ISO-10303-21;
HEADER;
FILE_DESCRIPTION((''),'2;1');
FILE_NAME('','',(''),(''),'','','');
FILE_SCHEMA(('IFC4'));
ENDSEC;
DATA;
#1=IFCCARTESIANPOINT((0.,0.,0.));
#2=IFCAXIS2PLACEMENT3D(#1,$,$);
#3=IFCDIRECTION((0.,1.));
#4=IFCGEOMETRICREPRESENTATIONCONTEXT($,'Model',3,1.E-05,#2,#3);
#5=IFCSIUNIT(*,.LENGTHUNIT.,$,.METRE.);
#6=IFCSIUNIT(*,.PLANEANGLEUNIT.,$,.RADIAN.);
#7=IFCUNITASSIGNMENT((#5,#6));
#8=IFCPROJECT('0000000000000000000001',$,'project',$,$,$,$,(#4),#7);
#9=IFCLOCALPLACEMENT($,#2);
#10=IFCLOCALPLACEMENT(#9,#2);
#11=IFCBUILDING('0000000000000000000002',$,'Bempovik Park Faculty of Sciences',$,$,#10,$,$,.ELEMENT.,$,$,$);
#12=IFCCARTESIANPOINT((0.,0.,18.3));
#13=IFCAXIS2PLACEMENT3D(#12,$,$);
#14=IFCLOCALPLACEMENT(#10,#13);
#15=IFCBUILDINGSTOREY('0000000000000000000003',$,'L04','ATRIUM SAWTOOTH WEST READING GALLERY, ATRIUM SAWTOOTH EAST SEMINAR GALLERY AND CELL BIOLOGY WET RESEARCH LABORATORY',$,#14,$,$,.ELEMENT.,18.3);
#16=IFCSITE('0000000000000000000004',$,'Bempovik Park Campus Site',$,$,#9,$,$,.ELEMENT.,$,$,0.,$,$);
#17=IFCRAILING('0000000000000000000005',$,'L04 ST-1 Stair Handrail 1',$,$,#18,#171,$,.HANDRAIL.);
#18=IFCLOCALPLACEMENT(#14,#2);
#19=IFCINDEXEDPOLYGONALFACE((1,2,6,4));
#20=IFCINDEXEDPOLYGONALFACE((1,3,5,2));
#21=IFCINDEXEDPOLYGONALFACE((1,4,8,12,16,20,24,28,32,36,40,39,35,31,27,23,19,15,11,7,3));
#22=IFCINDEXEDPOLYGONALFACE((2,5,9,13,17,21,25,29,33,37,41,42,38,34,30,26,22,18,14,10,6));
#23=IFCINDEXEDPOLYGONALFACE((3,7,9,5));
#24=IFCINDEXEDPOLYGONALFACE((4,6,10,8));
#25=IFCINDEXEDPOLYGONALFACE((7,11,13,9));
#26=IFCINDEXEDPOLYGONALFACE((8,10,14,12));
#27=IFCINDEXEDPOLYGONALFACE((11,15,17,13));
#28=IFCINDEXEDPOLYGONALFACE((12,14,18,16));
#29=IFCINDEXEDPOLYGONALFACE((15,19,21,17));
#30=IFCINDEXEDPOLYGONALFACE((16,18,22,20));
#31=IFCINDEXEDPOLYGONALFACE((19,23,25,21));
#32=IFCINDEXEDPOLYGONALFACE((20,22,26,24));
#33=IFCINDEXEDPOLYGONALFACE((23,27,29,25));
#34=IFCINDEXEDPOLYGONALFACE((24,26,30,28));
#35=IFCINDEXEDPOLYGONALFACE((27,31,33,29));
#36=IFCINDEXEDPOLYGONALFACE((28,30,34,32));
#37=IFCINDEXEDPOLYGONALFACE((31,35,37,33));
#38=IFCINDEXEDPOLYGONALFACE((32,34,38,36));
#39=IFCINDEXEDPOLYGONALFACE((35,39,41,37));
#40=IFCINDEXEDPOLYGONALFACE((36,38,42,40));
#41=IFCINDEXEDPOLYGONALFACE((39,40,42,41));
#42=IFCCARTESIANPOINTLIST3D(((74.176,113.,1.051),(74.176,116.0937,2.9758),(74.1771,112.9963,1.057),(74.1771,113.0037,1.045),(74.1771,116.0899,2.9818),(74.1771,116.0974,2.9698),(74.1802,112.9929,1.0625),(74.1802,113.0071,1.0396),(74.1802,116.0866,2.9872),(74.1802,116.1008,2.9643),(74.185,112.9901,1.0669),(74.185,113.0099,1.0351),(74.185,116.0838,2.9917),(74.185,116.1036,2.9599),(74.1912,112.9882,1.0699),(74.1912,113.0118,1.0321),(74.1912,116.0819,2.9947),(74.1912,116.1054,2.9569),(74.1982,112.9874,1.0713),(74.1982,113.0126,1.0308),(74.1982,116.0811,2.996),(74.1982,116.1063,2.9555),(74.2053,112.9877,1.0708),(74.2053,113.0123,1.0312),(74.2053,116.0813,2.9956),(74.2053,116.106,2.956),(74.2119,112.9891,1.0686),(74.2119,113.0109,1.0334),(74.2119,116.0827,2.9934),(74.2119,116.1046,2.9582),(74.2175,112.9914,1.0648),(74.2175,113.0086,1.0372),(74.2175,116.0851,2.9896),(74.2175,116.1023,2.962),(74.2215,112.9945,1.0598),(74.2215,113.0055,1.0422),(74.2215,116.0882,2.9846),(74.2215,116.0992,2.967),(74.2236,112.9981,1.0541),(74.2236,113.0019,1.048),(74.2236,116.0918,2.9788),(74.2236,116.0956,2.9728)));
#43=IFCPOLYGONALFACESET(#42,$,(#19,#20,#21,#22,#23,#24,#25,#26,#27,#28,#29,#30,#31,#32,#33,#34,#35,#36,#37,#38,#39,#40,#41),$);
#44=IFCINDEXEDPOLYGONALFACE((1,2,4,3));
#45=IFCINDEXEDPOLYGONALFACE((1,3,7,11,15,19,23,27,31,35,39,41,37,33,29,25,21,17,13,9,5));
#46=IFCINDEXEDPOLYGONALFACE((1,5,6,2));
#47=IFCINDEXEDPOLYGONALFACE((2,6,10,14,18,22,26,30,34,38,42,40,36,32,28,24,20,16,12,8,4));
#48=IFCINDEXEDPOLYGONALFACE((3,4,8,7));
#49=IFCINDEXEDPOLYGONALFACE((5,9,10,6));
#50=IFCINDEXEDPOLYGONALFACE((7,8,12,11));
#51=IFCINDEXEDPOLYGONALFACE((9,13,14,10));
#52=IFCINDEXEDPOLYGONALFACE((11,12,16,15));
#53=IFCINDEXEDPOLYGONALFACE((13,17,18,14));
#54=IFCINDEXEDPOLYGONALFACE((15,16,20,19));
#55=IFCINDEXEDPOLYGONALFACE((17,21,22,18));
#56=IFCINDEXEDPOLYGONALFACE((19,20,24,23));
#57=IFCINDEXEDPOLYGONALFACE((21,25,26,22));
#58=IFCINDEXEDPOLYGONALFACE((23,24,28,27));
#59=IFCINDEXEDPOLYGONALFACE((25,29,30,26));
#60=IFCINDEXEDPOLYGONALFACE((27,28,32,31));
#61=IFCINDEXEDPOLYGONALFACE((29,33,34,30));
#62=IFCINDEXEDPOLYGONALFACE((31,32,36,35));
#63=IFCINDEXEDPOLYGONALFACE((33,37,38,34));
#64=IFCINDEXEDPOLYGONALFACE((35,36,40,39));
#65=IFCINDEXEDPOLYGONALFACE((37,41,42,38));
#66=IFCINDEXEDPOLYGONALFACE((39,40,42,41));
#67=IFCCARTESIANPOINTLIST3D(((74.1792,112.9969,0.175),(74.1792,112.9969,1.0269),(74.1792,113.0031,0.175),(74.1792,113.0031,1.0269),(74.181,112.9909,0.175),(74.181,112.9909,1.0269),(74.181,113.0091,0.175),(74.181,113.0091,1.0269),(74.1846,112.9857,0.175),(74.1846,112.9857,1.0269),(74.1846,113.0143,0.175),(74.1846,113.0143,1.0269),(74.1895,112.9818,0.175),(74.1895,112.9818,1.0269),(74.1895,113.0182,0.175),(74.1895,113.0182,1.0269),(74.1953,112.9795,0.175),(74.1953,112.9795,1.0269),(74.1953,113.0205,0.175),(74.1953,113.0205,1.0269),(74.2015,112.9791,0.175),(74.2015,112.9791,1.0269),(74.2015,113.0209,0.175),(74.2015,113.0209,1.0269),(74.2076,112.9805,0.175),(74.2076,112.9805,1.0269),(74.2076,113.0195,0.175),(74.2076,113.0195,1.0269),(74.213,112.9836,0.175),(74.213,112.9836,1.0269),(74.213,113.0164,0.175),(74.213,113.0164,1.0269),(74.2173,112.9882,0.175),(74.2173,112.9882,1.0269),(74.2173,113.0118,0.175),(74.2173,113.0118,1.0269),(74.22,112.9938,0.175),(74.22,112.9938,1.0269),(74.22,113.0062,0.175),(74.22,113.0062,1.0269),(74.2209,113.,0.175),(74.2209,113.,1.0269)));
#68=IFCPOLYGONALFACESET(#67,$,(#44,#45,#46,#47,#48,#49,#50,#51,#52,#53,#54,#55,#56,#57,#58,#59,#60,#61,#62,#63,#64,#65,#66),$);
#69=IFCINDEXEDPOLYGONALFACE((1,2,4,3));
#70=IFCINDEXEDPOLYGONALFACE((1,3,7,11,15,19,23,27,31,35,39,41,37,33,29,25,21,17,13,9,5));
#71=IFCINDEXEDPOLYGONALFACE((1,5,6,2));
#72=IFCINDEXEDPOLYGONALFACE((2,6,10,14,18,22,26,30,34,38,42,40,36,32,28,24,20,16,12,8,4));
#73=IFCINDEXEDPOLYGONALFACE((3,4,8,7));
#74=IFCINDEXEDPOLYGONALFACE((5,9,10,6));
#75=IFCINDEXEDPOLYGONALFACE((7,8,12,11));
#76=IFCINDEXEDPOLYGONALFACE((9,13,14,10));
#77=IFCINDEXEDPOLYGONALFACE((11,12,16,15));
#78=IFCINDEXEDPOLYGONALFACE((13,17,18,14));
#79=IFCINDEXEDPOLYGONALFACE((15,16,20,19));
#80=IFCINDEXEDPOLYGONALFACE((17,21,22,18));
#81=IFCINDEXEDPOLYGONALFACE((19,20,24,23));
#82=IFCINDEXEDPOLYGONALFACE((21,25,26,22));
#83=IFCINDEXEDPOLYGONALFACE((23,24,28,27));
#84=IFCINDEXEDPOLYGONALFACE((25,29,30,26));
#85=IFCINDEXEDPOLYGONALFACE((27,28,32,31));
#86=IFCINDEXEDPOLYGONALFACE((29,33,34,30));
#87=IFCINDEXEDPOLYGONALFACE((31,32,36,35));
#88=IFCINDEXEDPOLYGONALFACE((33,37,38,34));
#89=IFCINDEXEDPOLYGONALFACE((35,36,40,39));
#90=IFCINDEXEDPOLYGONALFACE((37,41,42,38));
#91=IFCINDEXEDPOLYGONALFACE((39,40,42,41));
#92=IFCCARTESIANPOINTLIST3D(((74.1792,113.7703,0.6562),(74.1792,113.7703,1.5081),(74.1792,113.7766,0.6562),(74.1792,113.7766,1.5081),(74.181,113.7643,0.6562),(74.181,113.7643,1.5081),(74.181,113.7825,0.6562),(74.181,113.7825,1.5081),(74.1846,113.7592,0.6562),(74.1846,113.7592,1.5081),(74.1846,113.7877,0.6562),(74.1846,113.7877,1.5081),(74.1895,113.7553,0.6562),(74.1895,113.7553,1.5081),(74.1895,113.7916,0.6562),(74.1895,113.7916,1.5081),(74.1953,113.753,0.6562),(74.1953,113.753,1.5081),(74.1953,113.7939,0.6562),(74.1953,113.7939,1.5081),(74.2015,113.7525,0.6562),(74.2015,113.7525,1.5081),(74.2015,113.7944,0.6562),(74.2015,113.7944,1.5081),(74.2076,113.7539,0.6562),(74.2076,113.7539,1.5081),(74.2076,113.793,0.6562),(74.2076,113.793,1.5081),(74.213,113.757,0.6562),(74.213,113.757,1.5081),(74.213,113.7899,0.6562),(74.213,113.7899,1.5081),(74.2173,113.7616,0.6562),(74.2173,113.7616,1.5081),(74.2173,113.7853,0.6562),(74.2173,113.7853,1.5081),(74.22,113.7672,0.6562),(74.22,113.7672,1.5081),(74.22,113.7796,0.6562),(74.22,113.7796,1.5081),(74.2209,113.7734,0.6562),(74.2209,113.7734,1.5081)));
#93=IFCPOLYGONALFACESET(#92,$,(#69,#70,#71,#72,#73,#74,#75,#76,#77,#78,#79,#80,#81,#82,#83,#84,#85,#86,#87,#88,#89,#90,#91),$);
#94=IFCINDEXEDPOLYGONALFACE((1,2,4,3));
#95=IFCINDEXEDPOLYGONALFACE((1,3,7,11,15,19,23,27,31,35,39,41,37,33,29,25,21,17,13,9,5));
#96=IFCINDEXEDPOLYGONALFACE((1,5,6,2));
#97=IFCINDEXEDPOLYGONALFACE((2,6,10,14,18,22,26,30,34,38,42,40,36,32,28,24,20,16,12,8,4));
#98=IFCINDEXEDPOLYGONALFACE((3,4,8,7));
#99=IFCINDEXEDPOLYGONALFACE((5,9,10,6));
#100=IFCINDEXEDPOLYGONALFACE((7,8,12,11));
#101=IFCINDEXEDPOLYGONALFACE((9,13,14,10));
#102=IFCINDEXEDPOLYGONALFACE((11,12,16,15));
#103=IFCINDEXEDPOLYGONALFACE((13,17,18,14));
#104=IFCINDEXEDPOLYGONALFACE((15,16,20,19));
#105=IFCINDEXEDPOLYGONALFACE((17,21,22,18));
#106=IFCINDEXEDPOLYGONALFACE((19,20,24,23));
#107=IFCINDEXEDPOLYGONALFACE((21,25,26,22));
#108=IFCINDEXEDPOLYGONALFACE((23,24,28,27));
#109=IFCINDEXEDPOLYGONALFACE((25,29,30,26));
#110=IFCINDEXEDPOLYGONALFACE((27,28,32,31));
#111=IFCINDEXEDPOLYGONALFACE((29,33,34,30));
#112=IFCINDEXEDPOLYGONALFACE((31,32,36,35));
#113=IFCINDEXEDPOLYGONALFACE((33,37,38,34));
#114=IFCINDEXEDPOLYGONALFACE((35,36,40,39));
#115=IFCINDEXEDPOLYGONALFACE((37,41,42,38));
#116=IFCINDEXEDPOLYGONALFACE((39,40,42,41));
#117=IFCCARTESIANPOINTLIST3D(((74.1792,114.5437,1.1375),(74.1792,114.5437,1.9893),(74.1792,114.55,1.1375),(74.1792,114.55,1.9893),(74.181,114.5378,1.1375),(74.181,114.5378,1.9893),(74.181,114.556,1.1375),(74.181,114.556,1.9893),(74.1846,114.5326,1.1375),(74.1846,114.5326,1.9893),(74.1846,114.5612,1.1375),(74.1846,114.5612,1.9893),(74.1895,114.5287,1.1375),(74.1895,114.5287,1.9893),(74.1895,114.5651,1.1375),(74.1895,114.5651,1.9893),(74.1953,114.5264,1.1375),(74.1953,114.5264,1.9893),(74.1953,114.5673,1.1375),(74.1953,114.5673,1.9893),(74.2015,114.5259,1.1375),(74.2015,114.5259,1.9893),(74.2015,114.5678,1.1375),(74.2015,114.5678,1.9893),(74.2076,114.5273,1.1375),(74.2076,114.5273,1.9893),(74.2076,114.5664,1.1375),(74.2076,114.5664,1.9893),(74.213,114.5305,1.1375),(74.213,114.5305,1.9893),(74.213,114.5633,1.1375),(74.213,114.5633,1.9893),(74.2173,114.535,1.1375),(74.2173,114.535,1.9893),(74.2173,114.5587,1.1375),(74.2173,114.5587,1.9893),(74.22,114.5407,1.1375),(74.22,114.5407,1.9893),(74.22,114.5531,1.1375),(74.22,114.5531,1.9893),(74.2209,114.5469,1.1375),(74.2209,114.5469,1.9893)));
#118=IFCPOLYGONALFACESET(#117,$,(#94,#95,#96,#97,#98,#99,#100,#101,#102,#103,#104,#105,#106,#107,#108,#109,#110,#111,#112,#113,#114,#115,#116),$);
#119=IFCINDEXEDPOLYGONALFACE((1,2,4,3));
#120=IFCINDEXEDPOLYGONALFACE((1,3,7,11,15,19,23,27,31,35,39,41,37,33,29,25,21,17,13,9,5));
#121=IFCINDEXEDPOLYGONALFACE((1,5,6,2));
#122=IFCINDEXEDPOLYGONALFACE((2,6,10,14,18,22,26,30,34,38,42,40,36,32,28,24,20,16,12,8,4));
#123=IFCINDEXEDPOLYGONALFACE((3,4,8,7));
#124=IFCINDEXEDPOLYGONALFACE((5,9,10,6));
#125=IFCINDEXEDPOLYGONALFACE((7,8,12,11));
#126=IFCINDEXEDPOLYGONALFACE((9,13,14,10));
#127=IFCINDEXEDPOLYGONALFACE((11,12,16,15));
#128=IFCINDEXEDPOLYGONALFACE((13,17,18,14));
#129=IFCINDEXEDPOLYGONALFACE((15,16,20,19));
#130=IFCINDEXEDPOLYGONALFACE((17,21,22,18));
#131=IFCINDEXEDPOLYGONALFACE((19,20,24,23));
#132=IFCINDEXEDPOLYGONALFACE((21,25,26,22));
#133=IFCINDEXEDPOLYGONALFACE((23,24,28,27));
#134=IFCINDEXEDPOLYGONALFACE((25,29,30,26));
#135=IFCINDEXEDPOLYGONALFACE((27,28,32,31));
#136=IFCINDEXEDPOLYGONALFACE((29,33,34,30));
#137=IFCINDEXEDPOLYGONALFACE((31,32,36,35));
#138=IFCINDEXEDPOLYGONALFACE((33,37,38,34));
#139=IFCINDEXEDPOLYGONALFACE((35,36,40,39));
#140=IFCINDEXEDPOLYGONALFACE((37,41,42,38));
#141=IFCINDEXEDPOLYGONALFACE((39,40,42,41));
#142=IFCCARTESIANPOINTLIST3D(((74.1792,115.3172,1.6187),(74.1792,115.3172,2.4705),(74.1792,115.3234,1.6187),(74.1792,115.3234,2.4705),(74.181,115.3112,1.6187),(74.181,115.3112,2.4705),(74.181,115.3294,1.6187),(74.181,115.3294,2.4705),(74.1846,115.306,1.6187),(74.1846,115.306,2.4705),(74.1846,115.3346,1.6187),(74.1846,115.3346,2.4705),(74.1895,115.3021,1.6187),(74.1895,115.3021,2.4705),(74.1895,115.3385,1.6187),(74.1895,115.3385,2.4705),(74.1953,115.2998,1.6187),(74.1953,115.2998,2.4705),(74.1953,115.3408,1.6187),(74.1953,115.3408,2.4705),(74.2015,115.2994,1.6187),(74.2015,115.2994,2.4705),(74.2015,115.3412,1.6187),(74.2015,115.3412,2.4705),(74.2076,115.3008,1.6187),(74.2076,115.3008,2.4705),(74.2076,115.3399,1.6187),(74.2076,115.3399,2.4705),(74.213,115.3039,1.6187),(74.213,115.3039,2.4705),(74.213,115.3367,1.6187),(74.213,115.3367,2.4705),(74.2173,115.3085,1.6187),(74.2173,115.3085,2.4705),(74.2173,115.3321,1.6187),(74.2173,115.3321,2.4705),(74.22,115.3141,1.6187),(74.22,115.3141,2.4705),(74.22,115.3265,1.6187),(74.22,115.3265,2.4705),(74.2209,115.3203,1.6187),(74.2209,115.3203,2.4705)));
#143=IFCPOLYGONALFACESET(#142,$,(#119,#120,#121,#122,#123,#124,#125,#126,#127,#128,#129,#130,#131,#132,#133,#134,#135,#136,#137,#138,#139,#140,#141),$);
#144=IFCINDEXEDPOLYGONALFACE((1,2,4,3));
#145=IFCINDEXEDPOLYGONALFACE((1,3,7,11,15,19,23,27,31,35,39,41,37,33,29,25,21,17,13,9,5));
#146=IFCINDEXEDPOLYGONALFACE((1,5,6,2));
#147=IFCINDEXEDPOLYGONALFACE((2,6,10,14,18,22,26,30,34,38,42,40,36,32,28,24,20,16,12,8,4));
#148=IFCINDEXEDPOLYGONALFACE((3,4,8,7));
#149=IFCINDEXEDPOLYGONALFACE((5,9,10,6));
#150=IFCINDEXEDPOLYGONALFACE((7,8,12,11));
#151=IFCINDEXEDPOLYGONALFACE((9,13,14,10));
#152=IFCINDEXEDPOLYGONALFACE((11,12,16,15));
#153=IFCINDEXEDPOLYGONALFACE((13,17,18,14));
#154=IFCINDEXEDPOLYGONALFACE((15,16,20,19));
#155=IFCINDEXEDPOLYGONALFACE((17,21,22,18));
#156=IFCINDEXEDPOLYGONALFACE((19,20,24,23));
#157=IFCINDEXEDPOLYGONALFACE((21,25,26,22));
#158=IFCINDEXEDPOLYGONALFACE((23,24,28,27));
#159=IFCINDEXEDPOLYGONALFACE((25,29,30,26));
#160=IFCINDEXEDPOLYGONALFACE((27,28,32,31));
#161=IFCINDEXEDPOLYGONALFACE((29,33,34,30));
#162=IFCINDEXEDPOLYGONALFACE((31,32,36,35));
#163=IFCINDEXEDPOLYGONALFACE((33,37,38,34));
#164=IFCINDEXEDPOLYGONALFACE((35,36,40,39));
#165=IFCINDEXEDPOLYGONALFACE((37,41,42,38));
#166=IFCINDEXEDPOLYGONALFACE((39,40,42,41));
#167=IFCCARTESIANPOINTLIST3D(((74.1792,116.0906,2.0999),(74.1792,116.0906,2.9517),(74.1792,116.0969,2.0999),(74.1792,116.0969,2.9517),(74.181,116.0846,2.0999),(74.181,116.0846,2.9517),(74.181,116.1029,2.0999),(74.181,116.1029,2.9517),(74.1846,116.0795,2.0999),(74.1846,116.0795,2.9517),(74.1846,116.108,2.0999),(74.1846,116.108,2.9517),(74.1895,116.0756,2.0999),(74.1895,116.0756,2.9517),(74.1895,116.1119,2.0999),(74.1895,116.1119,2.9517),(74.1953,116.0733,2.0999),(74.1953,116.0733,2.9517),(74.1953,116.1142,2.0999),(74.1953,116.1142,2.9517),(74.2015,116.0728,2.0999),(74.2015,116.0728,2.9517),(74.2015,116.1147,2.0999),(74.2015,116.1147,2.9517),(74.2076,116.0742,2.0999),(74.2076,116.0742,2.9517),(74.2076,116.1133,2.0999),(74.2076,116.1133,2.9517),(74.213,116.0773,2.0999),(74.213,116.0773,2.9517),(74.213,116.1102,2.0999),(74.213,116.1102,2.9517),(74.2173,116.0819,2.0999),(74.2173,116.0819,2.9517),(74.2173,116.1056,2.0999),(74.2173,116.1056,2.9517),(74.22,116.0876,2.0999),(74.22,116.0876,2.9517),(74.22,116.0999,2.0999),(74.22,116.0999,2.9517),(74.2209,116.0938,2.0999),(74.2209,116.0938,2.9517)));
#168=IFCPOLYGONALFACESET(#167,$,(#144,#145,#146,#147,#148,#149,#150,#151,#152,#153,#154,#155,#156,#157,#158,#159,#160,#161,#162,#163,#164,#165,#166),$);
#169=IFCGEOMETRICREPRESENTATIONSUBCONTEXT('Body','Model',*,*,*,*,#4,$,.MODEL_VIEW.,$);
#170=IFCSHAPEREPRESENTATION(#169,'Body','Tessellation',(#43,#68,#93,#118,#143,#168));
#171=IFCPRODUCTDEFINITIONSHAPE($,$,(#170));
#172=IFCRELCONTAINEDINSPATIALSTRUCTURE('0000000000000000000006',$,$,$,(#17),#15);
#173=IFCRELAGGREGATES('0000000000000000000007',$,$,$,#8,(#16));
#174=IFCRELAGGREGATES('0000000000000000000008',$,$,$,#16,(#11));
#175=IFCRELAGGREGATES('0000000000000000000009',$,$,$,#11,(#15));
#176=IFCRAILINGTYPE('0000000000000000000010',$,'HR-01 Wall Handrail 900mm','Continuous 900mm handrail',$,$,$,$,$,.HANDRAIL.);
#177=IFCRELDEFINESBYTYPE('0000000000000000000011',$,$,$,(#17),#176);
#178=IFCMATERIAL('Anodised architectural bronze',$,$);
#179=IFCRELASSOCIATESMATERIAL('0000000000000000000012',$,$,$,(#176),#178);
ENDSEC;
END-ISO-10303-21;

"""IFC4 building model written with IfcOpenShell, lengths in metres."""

from ifc_helpers import new_model, si_unit, direction, frame, origin, origin_2d, place, context, subcontext, project, spatial, circle, extrude, material, type_object, element, save


model = new_model("IFC4")

# Units and contexts
model_context = context("Model", 3, precision=1e-05, world=origin(), true_north=direction((0.0, 1.0)))
body_context = subcontext(model_context, "Body", "Model", "MODEL_VIEW")
ifc_project = project(units=[si_unit("LENGTHUNIT", "METRE"), si_unit("PLANEANGLEUNIT", "RADIAN")], contexts=[model_context])

# Site, building, storey
site_placement = place(None, origin())
site = spatial("IfcSite", under=ifc_project, at=site_placement, Name="Bempovik Park Campus Site", CompositionType="ELEMENT", RefElevation=0.0)
building_placement = place(site_placement, origin())
building = spatial("IfcBuilding", under=site, at=building_placement, Name="Bempovik Park Faculty of Sciences", CompositionType="ELEMENT")
storey_placement = place(building_placement, frame((0.0, 0.0, 18.3)))
storey = spatial("IfcBuildingStorey", under=building, at=storey_placement, Name="L04", Description="ATRIUM SAWTOOTH WEST READING GALLERY, ATRIUM SAWTOOTH EAST SEMINAR GALLERY AND CELL BIOLOGY WET RESEARCH LABORATORY", CompositionType="ELEMENT", Elevation=18.3)

# Railing
ifc_material_1 = material(Name="Anodised architectural bronze")
railing_type_1 = type_object("IfcRailingType", Name="HR-01 Wall Handrail 900mm", Description="Continuous 900mm handrail", PredefinedType="HANDRAIL", material=ifc_material_1)
railing_1_placement = place(storey_placement, frame((74.2, 113.0, 0.175)))
element("IfcRailing", 1, at=railing_1_placement, inside=storey, type_object=railing_type_1, Name="L04 ST-1 Stair Handrail 1", PredefinedType="HANDRAIL", context=body_context, shape_type="SweptSolid", body=[
    extrude(circle(Radius=0.0239, at=origin_2d()), frame((0.0, 0.0, 0.876), z_axis=(0.0, 0.849081, 0.528263), x_axis=(-1.0, 0.0, 0.0)), (0.0, 0.0, 1.0), 3.6436),
    extrude(circle(Radius=0.021, at=origin_2d()), origin(), (0.0, 0.0, 1.0), 0.8518),
    extrude(circle(Radius=0.021, at=origin_2d()), frame((0.0, 0.7734, 0.4812)), (0.0, 0.0, 1.0), 0.8518),
    extrude(circle(Radius=0.021, at=origin_2d()), frame((0.0, 1.5469, 0.9624)), (0.0, 0.0, 1.0), 0.8518),
    extrude(circle(Radius=0.021, at=origin_2d()), frame((0.0, 2.3203, 1.4436)), (0.0, 0.0, 1.0), 0.8518),
    extrude(circle(Radius=0.021, at=origin_2d()), frame((0.0, 3.0938, 1.9248)), (0.0, 0.0, 1.0), 0.8518),
])

save(model, "model.ifc")
